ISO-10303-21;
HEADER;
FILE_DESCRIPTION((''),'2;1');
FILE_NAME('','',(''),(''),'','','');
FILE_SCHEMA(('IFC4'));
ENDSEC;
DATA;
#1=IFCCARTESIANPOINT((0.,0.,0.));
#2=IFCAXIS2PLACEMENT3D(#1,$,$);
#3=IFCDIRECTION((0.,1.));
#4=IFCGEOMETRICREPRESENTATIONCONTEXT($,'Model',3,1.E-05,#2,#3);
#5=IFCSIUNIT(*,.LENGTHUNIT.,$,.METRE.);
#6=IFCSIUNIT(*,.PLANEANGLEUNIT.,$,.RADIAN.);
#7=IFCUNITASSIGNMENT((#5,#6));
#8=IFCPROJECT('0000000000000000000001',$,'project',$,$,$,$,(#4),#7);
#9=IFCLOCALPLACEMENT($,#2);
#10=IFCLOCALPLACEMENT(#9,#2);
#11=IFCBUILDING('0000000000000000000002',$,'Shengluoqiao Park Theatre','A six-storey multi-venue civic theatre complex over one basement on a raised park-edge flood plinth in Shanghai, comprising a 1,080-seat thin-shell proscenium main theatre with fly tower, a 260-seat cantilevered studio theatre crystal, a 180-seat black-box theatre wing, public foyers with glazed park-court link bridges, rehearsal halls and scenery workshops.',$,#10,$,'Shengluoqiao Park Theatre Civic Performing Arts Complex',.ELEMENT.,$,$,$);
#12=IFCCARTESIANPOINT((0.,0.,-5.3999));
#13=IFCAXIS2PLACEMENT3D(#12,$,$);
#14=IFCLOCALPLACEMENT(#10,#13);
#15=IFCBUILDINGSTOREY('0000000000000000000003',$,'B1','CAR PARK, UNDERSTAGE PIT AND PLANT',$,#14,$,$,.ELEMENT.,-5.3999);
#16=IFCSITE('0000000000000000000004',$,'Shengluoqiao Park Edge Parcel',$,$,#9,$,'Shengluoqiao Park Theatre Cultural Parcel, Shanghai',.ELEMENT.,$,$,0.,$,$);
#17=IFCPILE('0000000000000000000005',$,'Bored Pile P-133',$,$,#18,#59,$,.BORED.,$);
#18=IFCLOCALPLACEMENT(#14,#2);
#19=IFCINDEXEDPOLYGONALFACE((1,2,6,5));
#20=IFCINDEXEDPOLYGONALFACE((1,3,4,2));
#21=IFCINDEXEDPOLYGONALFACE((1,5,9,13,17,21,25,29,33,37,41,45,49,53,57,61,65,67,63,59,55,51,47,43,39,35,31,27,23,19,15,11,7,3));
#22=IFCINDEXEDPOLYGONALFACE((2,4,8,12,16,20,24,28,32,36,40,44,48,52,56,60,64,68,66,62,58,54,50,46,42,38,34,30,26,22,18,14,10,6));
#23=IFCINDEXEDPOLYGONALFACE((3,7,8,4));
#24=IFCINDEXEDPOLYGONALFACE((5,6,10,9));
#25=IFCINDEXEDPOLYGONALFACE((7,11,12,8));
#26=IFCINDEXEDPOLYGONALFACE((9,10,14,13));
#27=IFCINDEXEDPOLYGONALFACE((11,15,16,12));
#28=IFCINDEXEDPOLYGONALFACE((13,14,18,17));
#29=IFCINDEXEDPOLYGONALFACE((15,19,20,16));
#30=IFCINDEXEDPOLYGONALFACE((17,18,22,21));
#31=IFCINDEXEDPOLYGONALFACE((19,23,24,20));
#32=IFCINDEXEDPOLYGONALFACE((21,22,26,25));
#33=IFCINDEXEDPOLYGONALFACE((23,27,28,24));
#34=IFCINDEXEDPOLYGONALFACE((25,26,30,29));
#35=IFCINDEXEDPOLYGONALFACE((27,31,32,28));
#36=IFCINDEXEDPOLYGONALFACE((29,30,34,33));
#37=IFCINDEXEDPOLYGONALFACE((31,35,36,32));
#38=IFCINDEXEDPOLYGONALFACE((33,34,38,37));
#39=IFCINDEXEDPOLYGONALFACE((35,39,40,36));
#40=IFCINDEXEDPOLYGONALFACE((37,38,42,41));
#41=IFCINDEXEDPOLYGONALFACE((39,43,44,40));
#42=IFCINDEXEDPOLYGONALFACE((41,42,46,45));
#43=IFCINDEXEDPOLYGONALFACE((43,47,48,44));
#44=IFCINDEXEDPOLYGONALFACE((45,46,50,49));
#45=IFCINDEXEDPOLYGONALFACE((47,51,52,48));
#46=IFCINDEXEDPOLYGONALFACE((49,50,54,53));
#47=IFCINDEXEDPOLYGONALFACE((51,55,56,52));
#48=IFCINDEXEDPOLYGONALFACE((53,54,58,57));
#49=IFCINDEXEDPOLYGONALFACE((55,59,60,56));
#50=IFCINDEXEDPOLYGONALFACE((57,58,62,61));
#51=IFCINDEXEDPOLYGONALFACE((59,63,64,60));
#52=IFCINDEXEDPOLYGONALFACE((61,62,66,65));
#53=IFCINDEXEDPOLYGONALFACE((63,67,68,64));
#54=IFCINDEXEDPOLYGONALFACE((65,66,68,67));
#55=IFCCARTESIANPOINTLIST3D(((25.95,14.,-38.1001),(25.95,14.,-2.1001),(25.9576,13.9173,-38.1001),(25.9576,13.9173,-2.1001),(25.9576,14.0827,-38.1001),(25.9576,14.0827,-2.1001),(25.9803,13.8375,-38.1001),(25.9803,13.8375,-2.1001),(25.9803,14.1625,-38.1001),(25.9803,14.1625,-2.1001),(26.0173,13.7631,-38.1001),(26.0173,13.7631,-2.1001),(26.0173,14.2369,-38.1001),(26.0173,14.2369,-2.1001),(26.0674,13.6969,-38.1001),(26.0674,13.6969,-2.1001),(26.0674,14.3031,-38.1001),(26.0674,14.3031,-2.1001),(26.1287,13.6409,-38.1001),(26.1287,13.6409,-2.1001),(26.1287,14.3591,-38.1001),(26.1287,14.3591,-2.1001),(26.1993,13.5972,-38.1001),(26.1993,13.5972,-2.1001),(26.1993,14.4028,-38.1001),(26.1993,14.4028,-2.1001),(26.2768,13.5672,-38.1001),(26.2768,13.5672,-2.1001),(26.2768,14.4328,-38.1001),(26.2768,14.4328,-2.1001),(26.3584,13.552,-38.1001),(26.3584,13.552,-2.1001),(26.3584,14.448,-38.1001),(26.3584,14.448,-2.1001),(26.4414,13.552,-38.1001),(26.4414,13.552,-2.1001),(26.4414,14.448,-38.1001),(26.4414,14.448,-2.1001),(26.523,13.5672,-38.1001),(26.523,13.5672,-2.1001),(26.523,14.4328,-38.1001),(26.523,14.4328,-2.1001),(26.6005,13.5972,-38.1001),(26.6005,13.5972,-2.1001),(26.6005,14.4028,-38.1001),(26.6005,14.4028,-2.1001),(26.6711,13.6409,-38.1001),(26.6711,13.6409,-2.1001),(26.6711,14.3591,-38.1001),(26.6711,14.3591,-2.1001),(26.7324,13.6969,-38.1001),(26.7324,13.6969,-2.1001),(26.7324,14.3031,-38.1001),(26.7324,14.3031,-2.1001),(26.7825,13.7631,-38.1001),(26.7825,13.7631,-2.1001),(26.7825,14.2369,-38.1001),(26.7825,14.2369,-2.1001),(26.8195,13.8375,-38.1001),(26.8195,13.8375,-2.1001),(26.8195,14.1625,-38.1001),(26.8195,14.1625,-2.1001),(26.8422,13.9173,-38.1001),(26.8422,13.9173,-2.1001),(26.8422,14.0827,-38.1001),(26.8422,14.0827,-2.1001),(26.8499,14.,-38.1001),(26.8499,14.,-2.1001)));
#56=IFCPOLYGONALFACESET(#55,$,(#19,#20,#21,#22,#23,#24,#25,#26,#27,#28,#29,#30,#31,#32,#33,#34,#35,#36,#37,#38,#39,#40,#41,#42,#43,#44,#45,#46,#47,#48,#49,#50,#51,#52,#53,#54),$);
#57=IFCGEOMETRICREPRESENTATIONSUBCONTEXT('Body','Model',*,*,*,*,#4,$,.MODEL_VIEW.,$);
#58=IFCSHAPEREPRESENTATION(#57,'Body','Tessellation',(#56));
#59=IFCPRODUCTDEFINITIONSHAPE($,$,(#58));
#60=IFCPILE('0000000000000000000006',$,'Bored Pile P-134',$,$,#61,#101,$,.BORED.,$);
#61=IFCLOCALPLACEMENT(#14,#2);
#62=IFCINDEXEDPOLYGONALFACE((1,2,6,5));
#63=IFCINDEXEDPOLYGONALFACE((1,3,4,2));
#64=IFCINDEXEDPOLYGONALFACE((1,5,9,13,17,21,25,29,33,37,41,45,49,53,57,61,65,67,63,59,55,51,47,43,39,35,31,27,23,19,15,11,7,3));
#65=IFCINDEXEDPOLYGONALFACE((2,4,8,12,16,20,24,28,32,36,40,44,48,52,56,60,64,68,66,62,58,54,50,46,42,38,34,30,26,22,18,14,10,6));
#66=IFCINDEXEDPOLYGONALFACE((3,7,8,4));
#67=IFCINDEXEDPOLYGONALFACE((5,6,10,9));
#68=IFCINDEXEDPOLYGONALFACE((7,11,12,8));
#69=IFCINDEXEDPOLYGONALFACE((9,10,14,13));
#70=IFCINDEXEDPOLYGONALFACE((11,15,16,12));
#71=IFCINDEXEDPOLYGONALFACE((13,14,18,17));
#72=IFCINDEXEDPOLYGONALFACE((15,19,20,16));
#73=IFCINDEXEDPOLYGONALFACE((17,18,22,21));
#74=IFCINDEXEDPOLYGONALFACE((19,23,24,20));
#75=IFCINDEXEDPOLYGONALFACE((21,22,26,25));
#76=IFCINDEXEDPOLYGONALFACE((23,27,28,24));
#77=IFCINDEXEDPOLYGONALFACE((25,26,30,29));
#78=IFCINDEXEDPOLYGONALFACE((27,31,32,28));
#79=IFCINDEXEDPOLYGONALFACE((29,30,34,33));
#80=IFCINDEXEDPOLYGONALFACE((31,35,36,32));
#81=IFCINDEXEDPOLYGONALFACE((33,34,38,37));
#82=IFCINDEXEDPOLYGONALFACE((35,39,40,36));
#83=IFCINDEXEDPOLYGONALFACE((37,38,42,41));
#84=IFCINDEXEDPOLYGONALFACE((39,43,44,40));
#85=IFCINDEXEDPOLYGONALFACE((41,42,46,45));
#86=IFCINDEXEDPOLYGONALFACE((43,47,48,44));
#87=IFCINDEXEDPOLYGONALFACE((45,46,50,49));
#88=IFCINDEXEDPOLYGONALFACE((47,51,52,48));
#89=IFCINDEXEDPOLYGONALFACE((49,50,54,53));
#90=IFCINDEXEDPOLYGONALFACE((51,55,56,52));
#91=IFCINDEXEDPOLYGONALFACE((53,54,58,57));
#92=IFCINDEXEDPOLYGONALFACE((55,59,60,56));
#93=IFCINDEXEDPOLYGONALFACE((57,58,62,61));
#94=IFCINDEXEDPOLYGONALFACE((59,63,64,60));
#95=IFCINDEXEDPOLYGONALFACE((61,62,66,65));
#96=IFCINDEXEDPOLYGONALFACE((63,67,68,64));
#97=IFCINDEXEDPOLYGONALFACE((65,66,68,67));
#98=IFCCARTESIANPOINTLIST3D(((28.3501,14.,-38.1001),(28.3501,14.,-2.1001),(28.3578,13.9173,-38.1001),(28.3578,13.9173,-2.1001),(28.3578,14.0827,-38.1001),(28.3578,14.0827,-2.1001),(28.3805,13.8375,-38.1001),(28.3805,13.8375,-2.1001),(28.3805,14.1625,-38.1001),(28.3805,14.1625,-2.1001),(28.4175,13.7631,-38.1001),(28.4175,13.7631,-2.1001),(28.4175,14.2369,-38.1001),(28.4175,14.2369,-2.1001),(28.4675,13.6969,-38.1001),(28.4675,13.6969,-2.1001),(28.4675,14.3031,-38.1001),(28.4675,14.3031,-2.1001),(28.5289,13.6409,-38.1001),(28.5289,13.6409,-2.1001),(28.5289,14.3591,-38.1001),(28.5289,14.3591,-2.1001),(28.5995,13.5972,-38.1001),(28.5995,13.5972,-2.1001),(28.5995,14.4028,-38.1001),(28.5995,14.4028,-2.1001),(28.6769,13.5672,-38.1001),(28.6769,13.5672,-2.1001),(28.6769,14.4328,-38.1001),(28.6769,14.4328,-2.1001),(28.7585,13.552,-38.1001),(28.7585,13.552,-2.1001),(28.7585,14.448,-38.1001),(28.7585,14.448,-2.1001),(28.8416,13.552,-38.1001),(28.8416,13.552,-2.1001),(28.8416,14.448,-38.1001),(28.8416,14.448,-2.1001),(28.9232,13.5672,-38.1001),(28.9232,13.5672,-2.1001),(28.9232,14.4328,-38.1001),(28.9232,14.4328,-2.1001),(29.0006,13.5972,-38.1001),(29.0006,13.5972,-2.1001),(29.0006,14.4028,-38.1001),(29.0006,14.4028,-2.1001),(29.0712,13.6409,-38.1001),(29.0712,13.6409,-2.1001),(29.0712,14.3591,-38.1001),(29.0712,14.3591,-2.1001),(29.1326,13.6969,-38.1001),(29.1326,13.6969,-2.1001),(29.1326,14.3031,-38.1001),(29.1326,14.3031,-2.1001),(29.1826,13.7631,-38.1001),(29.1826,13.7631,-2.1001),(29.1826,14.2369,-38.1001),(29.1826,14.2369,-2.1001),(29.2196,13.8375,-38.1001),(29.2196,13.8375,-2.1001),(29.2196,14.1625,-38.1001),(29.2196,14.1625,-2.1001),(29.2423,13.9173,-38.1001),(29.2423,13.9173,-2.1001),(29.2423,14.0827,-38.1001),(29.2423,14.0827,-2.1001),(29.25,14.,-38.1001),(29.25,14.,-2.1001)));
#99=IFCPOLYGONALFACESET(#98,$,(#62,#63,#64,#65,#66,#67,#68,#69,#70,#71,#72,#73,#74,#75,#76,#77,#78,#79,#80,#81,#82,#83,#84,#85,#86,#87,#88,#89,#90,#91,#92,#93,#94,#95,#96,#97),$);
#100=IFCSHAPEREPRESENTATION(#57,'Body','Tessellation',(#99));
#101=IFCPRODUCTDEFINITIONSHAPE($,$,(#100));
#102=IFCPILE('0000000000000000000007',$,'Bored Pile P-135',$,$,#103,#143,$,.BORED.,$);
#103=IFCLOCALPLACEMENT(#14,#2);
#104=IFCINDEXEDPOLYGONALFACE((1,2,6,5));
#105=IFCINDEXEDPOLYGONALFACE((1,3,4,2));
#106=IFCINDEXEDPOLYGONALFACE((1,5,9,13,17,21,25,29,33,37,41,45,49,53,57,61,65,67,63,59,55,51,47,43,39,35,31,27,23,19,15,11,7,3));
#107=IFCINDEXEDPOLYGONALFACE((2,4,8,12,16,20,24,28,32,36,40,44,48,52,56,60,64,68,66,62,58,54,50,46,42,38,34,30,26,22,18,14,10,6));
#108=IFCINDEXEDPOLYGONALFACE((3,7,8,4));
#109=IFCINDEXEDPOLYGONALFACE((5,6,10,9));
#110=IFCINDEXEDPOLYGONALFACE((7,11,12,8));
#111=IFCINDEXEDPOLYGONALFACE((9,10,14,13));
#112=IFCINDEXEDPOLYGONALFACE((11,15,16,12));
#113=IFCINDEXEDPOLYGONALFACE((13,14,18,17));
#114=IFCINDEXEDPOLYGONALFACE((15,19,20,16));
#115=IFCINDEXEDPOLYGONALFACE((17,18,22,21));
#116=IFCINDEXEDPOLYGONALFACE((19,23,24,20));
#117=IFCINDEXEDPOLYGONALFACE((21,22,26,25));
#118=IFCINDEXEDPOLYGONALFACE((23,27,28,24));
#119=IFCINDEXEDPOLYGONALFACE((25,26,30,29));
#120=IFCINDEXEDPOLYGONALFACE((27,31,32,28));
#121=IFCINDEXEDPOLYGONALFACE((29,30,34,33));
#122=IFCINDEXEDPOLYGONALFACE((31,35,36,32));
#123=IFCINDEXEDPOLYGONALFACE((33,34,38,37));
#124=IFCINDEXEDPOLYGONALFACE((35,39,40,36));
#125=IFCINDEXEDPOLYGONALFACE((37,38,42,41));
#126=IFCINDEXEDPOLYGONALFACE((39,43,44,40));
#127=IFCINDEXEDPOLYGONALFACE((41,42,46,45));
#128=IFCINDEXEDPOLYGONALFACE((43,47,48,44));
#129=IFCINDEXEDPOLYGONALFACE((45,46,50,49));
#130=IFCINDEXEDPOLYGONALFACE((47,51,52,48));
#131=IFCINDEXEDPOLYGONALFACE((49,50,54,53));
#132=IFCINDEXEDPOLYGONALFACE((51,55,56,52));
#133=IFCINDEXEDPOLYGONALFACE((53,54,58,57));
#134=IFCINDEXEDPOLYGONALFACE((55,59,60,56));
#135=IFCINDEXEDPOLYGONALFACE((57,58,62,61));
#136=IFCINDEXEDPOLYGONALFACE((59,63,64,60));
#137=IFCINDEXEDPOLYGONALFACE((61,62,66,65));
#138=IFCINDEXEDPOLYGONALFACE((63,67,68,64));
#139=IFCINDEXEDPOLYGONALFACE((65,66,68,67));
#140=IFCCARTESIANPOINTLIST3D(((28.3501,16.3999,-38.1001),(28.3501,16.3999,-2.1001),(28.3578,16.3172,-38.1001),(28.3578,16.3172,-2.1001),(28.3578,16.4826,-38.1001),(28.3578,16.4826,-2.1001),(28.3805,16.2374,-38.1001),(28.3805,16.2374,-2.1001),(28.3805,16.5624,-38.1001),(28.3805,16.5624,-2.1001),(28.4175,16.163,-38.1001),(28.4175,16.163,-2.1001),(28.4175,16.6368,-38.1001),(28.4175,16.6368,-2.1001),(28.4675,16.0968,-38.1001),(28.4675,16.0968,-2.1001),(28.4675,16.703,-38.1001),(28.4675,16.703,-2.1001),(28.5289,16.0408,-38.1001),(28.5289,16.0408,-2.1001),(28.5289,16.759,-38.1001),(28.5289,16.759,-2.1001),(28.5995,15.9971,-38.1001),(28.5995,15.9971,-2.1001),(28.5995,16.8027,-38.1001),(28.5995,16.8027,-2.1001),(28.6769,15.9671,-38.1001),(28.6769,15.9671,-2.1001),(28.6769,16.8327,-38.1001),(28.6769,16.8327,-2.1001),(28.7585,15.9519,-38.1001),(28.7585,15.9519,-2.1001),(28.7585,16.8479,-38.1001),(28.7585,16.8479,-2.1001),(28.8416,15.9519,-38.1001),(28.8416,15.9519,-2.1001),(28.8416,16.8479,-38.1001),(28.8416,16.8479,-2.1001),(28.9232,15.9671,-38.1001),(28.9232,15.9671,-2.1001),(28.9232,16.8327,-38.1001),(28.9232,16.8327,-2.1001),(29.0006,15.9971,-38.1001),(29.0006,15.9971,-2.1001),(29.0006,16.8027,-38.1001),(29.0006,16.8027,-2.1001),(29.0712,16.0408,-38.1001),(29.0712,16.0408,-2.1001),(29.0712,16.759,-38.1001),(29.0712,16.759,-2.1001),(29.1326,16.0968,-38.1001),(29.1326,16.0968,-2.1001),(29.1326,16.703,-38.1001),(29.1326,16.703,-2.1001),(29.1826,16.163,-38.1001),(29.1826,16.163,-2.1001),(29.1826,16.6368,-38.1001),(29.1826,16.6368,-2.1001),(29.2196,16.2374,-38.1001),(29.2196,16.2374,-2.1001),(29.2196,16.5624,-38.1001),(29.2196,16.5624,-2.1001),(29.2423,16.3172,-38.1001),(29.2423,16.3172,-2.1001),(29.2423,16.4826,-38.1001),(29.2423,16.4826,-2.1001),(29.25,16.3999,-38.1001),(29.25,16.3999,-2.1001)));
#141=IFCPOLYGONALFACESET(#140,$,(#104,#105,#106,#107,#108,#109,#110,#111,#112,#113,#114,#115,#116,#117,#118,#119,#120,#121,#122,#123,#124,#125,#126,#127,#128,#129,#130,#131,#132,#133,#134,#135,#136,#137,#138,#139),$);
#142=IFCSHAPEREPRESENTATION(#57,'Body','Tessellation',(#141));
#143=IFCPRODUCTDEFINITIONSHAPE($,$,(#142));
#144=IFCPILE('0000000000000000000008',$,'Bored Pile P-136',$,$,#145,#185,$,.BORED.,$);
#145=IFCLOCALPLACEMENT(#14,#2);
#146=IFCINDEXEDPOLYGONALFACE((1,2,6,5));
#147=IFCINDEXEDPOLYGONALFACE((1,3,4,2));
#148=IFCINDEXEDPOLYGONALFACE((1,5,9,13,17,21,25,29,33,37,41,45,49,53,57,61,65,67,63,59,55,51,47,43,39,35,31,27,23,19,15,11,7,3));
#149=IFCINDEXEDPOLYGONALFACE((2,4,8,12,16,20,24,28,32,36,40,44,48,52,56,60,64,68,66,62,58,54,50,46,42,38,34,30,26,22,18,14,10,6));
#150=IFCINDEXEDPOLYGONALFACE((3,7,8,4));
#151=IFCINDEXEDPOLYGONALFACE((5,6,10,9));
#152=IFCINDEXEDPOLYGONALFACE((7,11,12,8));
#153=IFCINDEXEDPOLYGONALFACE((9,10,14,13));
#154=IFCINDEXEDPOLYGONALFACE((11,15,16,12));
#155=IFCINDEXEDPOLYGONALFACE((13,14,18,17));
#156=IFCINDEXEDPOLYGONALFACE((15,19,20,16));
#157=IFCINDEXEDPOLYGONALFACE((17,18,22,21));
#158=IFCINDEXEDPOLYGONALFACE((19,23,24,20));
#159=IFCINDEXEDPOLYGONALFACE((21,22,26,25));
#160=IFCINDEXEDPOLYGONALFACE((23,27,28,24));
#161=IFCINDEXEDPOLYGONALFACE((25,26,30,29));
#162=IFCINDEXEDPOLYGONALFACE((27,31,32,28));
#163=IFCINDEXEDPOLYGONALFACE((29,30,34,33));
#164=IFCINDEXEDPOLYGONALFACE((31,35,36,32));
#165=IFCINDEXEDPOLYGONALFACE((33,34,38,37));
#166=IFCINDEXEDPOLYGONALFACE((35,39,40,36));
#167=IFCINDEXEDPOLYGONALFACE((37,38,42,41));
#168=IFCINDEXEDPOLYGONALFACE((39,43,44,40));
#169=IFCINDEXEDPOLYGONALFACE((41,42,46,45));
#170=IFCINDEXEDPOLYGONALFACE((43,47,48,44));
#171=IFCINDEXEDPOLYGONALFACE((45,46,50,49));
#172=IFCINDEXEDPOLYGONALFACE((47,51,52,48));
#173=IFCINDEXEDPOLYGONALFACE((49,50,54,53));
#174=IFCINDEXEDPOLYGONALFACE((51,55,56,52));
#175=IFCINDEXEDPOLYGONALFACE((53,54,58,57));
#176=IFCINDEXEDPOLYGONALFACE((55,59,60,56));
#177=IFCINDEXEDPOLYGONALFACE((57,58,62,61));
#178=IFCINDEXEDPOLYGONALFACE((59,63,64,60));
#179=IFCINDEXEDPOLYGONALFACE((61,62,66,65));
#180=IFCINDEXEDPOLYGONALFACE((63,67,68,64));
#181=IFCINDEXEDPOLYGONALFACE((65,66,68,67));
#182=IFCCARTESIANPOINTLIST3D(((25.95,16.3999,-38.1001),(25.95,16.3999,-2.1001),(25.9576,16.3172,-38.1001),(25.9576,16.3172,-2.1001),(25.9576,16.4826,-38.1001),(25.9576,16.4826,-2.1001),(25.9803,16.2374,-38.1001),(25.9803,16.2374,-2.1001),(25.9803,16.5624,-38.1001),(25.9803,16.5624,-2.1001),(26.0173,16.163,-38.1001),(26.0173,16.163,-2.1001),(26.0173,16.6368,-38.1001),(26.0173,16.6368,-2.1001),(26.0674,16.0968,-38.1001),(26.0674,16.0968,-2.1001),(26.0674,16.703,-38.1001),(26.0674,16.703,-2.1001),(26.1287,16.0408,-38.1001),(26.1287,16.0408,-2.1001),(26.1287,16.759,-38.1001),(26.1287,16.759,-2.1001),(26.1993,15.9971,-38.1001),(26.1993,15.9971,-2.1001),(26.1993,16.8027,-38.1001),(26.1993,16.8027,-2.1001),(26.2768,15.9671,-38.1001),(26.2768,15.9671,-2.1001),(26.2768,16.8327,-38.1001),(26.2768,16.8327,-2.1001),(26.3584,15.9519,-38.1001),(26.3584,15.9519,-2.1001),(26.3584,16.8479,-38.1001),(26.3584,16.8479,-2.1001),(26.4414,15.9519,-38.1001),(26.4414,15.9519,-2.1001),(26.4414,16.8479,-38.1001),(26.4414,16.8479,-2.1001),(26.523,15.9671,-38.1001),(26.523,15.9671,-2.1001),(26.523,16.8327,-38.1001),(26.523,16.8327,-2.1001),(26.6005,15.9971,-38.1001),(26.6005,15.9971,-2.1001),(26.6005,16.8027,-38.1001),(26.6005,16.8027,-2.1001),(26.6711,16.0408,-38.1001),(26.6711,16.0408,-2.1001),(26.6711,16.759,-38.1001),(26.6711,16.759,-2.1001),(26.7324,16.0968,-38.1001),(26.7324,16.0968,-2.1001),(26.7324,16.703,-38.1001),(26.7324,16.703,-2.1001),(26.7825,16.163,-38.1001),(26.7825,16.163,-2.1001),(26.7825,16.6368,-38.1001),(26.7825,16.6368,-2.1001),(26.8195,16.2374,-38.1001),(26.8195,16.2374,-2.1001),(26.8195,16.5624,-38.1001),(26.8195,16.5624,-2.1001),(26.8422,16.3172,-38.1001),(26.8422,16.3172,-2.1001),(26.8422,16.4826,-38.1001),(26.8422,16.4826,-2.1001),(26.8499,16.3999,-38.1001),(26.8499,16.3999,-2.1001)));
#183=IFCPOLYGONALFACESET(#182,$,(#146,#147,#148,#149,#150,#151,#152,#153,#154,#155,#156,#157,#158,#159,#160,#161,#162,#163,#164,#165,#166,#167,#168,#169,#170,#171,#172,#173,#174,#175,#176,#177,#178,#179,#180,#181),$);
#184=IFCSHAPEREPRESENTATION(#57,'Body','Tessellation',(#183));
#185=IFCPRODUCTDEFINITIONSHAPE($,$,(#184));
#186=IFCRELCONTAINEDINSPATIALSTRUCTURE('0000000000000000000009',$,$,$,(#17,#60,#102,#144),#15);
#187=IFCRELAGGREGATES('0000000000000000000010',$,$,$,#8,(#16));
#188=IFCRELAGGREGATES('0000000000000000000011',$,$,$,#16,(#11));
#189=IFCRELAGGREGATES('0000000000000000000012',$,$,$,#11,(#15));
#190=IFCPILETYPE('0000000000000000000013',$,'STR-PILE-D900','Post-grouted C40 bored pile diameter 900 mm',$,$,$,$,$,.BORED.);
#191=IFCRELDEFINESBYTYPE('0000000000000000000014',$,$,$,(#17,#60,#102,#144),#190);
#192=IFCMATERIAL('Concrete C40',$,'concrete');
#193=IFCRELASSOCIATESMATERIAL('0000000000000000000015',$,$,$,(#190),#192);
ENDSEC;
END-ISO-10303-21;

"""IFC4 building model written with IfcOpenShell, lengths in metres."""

from ifc_helpers import new_model, si_unit, direction, frame, origin, origin_2d, place, context, subcontext, project, spatial, circle, extrude, material, material_profile, profile_set, type_object, element, save


model = new_model("IFC4")

# Units and contexts
model_context = context("Model", 3, precision=1e-05, world=origin(), true_north=direction((0.0, 1.0)))
body_context = subcontext(model_context, "Body", "Model", "MODEL_VIEW")
ifc_project = project(units=[si_unit("LENGTHUNIT", "METRE"), si_unit("PLANEANGLEUNIT", "RADIAN")], contexts=[model_context])

# Site, building, storey
site_placement = place(None, origin())
site = spatial("IfcSite", under=ifc_project, at=site_placement, Name="Shengluoqiao Park Edge Parcel", LongName="Shengluoqiao Park Theatre Cultural Parcel, Shanghai", CompositionType="ELEMENT", RefElevation=0.0)
building_placement = place(site_placement, origin())
building = spatial("IfcBuilding", under=site, at=building_placement, Name="Shengluoqiao Park Theatre", Description="A six-storey multi-venue civic theatre complex over one basement on a raised park-edge flood plinth in Shanghai, comprising a 1,080-seat thin-shell proscenium main theatre with fly tower, a 260-seat cantilevered studio theatre crystal, a 180-seat black-box theatre wing, public foyers with glazed park-court link bridges, rehearsal halls and scenery workshops.", LongName="Shengluoqiao Park Theatre Civic Performing Arts Complex", CompositionType="ELEMENT")
storey_placement = place(building_placement, frame((0.0, 0.0, -5.3999)))
storey = spatial("IfcBuildingStorey", under=building, at=storey_placement, Name="B1", Description="CAR PARK, UNDERSTAGE PIT AND PLANT", CompositionType="ELEMENT", Elevation=-5.3999)

# Shared definitions
ifc_material_1 = material(Name="Concrete C40", Category="concrete")

# Piles
ifc_material_profile_1 = material_profile(ifc_material_1, circle(Radius=0.45, at=origin_2d()), Name="BORED PILE D900")
ifc_profile_set_1 = profile_set([ifc_material_profile_1], Name="Concrete C40")
pile_type = type_object("IfcPileType", Name="STR-PILE-D900", Description="Post-grouted C40 bored pile diameter 900 mm", PredefinedType="BORED", material=ifc_profile_set_1)
for number, where, z_axis, x_axis, name in (
    (1, (26.3999, 14.0, -2.1001), (0.0, 0.0, -1.0), (1.0, 0.0, 0.0), "Bored Pile P-133"),
    (2, (28.8, 14.0, -2.1001), (0.0, 0.0, -1.0), (1.0, 0.0, 0.0), "Bored Pile P-134"),
    (3, (28.8, 16.3999, -2.1001), (0.0, 0.0, -1.0), (1.0, 0.0, 0.0), "Bored Pile P-135"),
    (4, (26.3999, 16.3999, -2.1001), (0.0, 0.0, -1.0), (1.0, 0.0, 0.0), "Bored Pile P-136"),
):
    element("IfcPile", number, at=place(storey_placement, frame(where, z_axis=z_axis, x_axis=x_axis)), inside=storey, type_object=pile_type, Name=name, PredefinedType="BORED", context=body_context, shape_type="SweptSolid", body=[
        extrude(circle(Radius=0.45, at=origin_2d()), origin(), (0.0, 0.0, 1.0), 36.0),
    ])

save(model, "model.ifc")
